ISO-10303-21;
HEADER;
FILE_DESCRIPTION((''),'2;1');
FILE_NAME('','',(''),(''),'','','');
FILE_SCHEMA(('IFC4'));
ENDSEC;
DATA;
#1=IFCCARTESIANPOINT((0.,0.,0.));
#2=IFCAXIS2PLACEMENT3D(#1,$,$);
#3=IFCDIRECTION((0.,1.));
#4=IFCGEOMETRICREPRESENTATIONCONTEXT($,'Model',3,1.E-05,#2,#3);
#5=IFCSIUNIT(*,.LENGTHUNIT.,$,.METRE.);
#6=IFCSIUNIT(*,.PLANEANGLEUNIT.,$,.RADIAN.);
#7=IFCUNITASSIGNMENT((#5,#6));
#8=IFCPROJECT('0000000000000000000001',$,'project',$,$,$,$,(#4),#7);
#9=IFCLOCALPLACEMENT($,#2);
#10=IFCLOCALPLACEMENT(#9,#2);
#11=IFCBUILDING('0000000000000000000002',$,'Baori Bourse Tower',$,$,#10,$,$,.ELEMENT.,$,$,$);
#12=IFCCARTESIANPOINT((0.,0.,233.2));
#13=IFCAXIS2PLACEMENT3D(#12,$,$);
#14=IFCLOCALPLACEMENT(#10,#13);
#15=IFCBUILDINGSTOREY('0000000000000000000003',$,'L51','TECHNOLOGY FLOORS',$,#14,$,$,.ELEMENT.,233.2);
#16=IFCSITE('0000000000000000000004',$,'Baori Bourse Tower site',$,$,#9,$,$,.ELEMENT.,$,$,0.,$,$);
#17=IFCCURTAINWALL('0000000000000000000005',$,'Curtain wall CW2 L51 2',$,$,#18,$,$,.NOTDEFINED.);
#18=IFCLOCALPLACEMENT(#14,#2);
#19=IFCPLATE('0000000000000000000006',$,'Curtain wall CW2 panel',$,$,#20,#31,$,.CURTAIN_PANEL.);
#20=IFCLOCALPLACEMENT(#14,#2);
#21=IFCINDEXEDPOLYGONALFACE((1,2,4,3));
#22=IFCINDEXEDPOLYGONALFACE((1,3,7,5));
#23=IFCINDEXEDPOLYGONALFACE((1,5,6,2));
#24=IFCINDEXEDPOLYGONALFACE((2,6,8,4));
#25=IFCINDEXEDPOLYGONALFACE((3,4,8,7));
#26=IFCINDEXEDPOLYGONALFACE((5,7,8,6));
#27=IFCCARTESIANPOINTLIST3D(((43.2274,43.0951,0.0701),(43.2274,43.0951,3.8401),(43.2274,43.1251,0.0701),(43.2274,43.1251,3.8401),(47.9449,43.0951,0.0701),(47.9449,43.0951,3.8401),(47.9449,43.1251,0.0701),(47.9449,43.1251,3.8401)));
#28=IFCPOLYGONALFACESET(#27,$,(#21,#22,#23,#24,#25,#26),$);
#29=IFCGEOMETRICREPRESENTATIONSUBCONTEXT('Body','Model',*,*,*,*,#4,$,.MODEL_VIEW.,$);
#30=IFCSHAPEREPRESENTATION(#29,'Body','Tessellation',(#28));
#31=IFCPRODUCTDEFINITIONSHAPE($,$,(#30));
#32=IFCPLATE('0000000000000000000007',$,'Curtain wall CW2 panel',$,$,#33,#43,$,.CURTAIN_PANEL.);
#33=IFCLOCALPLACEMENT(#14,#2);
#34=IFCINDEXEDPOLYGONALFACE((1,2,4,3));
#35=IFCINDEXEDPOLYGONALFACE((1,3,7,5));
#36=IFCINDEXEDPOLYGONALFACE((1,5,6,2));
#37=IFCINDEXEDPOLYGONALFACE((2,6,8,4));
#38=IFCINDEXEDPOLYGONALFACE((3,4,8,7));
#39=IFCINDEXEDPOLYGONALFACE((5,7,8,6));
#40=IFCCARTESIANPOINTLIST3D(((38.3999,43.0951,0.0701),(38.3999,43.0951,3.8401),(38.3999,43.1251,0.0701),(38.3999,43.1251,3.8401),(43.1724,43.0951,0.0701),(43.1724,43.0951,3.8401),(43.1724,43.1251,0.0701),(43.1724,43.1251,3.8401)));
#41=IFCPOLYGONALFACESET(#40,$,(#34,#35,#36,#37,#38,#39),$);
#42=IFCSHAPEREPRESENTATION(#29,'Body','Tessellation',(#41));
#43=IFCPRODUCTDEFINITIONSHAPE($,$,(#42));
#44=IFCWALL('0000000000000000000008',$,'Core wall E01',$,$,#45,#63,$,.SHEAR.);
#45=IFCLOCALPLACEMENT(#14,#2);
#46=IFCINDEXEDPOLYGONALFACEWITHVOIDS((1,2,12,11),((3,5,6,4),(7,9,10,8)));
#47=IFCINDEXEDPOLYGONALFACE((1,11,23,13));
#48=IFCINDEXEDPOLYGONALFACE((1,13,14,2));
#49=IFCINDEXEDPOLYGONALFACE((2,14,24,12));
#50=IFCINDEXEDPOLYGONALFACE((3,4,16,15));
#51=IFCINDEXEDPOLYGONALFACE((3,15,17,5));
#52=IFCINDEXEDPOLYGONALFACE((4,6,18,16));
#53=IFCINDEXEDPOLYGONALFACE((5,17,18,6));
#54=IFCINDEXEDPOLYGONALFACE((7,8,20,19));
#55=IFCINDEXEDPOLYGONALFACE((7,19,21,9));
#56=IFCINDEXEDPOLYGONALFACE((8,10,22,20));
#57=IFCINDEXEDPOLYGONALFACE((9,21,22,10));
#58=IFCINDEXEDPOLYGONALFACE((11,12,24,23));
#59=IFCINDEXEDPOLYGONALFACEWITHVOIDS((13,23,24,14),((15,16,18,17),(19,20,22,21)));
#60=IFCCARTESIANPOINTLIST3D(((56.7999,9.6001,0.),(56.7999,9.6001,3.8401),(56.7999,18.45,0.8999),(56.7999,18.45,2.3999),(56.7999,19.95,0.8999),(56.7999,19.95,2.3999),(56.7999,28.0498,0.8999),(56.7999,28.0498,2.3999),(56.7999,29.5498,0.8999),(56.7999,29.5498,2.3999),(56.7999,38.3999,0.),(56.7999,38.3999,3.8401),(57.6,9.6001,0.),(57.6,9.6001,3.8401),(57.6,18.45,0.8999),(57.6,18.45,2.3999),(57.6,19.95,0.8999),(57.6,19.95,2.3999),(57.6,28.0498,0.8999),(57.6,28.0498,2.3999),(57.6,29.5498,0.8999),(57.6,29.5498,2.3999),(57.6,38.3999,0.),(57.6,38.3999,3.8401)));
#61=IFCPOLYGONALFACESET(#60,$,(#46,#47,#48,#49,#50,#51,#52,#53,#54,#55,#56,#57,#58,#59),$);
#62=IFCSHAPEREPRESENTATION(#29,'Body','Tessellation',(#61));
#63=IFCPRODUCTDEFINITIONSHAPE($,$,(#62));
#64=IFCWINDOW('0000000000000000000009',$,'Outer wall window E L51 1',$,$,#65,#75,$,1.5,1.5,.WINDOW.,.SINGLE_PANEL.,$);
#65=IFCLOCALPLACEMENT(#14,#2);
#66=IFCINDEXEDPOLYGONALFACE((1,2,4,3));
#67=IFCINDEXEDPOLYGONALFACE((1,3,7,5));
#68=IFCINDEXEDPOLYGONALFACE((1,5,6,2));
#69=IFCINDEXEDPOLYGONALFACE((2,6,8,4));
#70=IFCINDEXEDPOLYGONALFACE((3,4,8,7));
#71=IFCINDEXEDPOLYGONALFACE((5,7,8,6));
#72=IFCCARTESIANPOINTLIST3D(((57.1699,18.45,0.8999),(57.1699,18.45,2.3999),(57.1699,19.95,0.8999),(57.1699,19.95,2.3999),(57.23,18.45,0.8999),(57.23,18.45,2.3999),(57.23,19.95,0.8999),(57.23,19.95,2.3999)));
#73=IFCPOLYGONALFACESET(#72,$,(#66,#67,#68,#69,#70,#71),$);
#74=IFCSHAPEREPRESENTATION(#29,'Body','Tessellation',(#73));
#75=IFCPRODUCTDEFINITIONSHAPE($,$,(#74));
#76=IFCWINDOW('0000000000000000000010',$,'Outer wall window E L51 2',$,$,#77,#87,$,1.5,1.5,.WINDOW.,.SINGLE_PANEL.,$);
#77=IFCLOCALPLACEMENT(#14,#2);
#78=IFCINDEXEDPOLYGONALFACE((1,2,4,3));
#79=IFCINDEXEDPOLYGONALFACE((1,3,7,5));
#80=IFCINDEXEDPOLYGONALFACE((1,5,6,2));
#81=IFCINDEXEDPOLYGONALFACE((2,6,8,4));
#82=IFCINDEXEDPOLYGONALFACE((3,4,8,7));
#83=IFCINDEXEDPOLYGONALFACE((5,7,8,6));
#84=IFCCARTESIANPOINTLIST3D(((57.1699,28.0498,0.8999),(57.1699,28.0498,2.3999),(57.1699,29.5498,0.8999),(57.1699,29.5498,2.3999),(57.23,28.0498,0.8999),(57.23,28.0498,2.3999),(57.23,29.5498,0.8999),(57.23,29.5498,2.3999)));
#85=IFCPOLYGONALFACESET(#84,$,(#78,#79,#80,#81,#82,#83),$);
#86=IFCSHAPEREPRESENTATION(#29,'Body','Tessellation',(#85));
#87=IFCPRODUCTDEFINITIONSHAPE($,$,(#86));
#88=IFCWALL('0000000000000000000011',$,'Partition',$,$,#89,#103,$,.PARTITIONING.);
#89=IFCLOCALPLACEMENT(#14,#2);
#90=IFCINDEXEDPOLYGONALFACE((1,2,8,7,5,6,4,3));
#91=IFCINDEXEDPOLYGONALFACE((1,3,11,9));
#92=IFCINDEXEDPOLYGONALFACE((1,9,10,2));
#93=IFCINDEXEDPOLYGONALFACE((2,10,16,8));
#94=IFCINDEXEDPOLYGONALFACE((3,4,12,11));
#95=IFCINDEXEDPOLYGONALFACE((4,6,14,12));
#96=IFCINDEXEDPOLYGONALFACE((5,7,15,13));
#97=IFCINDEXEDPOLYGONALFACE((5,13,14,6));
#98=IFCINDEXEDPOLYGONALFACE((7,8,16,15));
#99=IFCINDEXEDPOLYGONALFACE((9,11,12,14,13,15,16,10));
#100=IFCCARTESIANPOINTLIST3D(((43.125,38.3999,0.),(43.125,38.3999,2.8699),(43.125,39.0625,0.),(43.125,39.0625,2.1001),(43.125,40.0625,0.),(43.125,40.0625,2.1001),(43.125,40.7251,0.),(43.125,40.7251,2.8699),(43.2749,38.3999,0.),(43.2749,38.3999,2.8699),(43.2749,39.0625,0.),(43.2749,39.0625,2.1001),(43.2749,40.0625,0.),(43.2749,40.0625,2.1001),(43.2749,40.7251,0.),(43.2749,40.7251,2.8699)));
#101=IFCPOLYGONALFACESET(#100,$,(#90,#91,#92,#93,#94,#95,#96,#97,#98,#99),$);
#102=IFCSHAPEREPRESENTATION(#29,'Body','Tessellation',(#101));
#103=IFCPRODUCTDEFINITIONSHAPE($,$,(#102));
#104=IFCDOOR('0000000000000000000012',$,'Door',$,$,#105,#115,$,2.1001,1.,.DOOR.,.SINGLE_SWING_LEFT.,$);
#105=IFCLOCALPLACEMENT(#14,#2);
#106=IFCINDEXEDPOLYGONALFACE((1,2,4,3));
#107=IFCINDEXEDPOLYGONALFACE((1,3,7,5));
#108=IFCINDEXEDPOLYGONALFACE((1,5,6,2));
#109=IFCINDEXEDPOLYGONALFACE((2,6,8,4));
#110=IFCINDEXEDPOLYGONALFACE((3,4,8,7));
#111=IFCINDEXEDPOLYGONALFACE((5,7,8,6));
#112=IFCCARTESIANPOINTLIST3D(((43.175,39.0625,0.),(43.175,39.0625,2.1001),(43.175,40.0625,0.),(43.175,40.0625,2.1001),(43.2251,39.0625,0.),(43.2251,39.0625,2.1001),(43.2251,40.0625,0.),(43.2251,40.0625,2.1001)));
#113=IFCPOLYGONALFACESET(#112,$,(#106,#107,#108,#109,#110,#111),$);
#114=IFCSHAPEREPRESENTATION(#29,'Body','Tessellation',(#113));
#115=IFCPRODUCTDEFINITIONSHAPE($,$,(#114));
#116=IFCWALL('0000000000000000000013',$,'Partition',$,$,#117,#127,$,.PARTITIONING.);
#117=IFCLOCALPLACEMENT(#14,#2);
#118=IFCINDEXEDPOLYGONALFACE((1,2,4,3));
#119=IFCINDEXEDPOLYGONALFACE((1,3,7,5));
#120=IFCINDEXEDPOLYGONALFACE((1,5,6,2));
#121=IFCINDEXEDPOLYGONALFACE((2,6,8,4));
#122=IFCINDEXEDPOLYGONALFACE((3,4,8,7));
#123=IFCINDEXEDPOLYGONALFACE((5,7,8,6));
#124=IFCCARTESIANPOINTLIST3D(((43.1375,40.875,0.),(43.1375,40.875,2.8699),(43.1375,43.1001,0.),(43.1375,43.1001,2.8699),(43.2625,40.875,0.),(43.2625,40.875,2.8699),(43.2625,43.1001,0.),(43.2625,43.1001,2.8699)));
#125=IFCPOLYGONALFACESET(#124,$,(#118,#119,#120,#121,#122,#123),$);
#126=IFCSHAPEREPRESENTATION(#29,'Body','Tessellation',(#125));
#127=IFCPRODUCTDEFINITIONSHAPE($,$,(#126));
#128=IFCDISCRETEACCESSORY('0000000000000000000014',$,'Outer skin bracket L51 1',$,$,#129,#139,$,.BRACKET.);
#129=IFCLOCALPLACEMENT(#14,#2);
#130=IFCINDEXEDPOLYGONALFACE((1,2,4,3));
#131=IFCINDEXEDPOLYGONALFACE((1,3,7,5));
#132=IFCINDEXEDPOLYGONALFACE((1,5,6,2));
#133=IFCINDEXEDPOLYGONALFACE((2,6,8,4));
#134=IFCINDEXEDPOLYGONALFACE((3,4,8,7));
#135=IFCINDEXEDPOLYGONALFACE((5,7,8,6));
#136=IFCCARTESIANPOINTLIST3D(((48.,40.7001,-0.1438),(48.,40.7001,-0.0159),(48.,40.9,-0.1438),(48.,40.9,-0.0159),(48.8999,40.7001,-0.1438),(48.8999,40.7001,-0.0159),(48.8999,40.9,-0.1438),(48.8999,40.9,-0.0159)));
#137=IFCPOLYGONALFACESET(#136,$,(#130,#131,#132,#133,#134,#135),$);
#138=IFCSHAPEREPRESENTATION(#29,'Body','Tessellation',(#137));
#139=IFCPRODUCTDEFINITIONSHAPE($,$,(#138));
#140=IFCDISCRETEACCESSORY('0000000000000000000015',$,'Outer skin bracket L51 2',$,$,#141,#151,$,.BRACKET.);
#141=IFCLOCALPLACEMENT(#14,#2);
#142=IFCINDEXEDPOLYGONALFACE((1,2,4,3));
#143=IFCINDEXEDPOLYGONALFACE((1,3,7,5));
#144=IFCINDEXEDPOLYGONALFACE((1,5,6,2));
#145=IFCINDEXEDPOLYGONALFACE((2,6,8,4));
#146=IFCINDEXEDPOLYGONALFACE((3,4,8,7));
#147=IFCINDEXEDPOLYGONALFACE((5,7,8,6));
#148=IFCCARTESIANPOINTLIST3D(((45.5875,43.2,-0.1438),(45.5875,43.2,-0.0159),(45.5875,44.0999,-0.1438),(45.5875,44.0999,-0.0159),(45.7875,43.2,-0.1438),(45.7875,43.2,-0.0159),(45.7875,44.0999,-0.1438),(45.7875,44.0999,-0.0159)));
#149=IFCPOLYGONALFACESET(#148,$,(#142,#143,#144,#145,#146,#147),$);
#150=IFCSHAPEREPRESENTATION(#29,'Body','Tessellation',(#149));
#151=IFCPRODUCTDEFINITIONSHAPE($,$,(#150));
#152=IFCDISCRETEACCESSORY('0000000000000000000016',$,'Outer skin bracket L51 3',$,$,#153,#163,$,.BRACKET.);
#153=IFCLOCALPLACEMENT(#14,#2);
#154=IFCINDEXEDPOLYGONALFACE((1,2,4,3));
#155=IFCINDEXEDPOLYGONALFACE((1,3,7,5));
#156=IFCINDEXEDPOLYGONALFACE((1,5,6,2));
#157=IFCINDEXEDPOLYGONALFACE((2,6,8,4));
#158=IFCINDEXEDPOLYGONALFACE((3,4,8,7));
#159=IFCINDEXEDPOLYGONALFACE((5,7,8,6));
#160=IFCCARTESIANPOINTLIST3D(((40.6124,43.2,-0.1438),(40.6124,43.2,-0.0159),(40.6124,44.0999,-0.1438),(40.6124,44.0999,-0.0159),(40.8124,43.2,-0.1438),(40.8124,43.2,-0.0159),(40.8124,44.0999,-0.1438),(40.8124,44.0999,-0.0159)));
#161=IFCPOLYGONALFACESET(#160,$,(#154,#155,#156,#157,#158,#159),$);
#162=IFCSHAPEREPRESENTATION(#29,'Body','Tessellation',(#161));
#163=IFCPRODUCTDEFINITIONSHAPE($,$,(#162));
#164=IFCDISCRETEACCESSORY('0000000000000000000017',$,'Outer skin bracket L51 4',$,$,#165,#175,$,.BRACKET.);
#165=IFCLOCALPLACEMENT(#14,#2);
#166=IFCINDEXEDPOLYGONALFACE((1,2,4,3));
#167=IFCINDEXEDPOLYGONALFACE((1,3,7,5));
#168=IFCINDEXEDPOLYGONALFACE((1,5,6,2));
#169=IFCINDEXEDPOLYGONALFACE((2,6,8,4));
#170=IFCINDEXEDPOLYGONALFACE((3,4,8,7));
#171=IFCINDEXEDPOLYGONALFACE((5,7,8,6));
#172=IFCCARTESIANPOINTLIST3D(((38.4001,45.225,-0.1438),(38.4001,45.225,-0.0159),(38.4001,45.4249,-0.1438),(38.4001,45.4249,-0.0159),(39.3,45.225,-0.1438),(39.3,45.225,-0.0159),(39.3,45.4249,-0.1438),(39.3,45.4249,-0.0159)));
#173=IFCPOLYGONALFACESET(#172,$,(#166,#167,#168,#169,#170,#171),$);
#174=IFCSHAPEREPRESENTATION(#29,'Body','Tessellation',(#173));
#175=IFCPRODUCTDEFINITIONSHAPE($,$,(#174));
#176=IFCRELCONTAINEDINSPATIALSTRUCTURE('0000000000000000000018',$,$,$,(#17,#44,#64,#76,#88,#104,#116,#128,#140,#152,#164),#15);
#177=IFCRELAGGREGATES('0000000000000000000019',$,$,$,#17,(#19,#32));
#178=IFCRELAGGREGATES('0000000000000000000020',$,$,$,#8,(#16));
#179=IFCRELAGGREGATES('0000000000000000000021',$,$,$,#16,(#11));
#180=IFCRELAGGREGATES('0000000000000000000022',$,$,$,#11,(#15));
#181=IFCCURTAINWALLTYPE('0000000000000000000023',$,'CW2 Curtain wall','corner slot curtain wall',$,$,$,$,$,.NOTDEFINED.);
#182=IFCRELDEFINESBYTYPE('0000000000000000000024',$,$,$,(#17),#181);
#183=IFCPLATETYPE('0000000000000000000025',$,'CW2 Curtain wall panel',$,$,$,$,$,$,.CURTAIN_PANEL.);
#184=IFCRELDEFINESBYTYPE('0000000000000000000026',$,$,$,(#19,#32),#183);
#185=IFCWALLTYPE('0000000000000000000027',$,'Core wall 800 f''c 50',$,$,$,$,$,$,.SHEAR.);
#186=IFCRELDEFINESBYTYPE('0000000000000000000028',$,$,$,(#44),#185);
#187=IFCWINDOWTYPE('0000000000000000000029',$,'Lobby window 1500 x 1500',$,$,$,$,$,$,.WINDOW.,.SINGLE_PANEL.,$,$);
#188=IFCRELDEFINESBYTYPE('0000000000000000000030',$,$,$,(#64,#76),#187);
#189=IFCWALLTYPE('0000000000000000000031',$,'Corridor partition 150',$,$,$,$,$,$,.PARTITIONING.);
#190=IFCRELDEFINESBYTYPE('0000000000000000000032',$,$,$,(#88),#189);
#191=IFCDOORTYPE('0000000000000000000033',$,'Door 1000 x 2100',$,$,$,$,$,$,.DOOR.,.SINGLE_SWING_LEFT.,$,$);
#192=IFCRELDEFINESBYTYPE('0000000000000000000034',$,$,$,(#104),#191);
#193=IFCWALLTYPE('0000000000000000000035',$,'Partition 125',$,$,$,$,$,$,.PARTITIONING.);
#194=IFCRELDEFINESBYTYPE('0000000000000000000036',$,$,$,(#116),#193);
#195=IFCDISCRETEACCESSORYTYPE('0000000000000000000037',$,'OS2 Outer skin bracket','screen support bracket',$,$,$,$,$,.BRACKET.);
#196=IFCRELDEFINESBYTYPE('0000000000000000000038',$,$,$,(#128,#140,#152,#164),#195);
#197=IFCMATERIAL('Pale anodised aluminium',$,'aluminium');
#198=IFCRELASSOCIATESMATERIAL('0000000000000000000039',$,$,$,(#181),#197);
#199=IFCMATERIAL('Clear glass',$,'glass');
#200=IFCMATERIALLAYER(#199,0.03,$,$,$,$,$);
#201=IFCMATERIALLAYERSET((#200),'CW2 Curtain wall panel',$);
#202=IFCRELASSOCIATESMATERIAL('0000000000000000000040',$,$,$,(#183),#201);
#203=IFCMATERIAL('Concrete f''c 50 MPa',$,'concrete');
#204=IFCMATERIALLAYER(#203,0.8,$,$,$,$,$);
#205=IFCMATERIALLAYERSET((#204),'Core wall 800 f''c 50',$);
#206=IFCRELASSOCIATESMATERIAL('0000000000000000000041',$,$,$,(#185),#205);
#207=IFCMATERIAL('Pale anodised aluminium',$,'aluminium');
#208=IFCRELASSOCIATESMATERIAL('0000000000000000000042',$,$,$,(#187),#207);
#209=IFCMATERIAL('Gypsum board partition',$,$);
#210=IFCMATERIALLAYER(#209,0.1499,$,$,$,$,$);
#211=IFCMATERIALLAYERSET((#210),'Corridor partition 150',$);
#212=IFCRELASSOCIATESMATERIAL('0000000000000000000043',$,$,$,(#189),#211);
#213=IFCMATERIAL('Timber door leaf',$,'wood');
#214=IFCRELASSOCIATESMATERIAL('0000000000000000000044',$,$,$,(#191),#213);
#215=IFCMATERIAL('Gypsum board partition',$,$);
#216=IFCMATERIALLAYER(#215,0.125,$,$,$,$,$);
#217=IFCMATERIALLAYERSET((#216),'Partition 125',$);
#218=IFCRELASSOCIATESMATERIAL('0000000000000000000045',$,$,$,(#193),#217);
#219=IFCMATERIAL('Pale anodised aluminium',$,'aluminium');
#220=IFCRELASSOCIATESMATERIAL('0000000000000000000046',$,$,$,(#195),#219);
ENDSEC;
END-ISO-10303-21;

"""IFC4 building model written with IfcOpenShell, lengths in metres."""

from ifc_helpers import new_model, si_unit, direction, frame, frame_2d, origin, origin_2d, place, context, subcontext, project, spatial, rectangle, extrude, material, layer, layer_set, type_object, element, fill, aggregate, save


model = new_model("IFC4")

# Units and contexts
model_context = context("Model", 3, precision=1e-05, world=origin(), true_north=direction((0.0, 1.0)))
body_context = subcontext(model_context, "Body", "Model", "MODEL_VIEW")
ifc_project = project(units=[si_unit("LENGTHUNIT", "METRE"), si_unit("PLANEANGLEUNIT", "RADIAN")], contexts=[model_context])

# Site, building, storey
site_placement = place(None, origin())
site = spatial("IfcSite", under=ifc_project, at=site_placement, Name="Baori Bourse Tower site", CompositionType="ELEMENT", RefElevation=0.0)
building_placement = place(site_placement, origin())
building = spatial("IfcBuilding", under=site, at=building_placement, Name="Baori Bourse Tower", CompositionType="ELEMENT")
storey_placement = place(building_placement, frame((0.0, 0.0, 233.2)))
storey = spatial("IfcBuildingStorey", under=building, at=storey_placement, Name="L51", Description="TECHNOLOGY FLOORS", CompositionType="ELEMENT", Elevation=233.2)

# Curtain wall
ifc_material_1 = material(Name="Pale anodised aluminium", Category="aluminium")
curtain_wall_type = type_object("IfcCurtainWallType", Name="CW2 Curtain wall", Description="corner slot curtain wall", PredefinedType="NOTDEFINED", material=ifc_material_1)
curtain_wall_1_placement = place(storey_placement, origin())
curtain_wall_1 = element("IfcCurtainWall", 1, at=curtain_wall_1_placement, inside=storey, type_object=curtain_wall_type, Name="Curtain wall CW2 L51 2", PredefinedType="NOTDEFINED")

# Plates
ifc_material_2 = material(Name="Clear glass", Category="glass")
ifc_layer_1 = layer(ifc_material_2, 0.03)
ifc_layer_set_1 = layer_set([ifc_layer_1], Name="CW2 Curtain wall panel")
plate_type = type_object("IfcPlateType", Name="CW2 Curtain wall panel", PredefinedType="CURTAIN_PANEL", material=ifc_layer_set_1)
plate_1_placement = place(storey_placement, frame((45.5862, 43.1101, 0.0701), z_axis=(0.0, 0.0, 1.0), x_axis=(-1.0, 0.0, 0.0)))
plate_1 = element("IfcPlate", 2, at=plate_1_placement, type_object=plate_type, Name="Curtain wall CW2 panel", PredefinedType="CURTAIN_PANEL", context=body_context, shape_type="SweptSolid", body=[
    extrude(rectangle(XDim=4.7175, YDim=0.03, at=origin_2d()), origin(), (0.0, 0.0, 1.0), 3.77),
])
plate_2_placement = place(storey_placement, frame((40.7861, 43.1101, 0.0701), z_axis=(0.0, 0.0, 1.0), x_axis=(-1.0, 0.0, 0.0)))
plate_2 = element("IfcPlate", 3, at=plate_2_placement, type_object=plate_type, Name="Curtain wall CW2 panel", PredefinedType="CURTAIN_PANEL", context=body_context, shape_type="SweptSolid", body=[
    extrude(rectangle(XDim=4.7725, YDim=0.03, at=origin_2d()), origin(), (0.0, 0.0, 1.0), 3.77),
])
aggregate(curtain_wall_1, [plate_1, plate_2])

# Wall, openings, windows
ifc_material_3 = material(Name="Concrete f'c 50 MPa", Category="concrete")
ifc_layer_2 = layer(ifc_material_3, 0.8)
ifc_layer_set_2 = layer_set([ifc_layer_2], Name="Core wall 800 f'c 50")
wall_type_1 = type_object("IfcWallType", Name="Core wall 800 f'c 50", PredefinedType="SHEAR", material=ifc_layer_set_2)
wall_1_placement = place(storey_placement, frame((57.2, 38.3999, 0.0), z_axis=(0.0, 0.0, 1.0), x_axis=(0.0, -1.0, 0.0)))
wall_1 = element("IfcWall", 4, at=wall_1_placement, inside=storey, type_object=wall_type_1, Name="Core wall E01", PredefinedType="SHEAR", context=body_context, shape_type="SweptSolid", body=[
    extrude(rectangle(XDim=28.7998, YDim=0.8, at=frame_2d((14.3999, 0.0))), origin(), (0.0, 0.0, 1.0), 3.8401),
])
opening_1_placement = place(wall_1_placement, frame((18.45, 0.0, 0.8999)))
opening_1 = element("IfcOpeningElement", 5, at=opening_1_placement, cuts=wall_1, PredefinedType="OPENING", context=body_context, shape_type="SweptSolid", body=[
    extrude(rectangle(XDim=1.5, YDim=1.5, at=frame_2d((0.75, 0.75))), frame((0.0, 0.4099, 0.0), z_axis=(0.0, -1.0, 0.0), x_axis=(1.0, 0.0, 0.0)), (0.0, 0.0, 1.0), 0.8201),
])
opening_2_placement = place(wall_1_placement, frame((8.8501, 0.0, 0.8999)))
opening_2 = element("IfcOpeningElement", 6, at=opening_2_placement, cuts=wall_1, PredefinedType="OPENING", context=body_context, shape_type="SweptSolid", body=[
    extrude(rectangle(XDim=1.5, YDim=1.5, at=frame_2d((0.75, 0.75))), frame((0.0, 0.4099, 0.0), z_axis=(0.0, -1.0, 0.0), x_axis=(1.0, 0.0, 0.0)), (0.0, 0.0, 1.0), 0.8201),
])
ifc_material_4 = material(Name="Pale anodised aluminium", Category="aluminium")
window_type = type_object("IfcWindowType", Name="Lobby window 1500 x 1500", PartitioningType="SINGLE_PANEL", PredefinedType="WINDOW", material=ifc_material_4)
window_1_placement = place(opening_1_placement, origin())
window_1 = element("IfcWindow", 7, at=window_1_placement, inside=storey, type_object=window_type, Name="Outer wall window E L51 1", OverallHeight=1.5, OverallWidth=1.5, PartitioningType="SINGLE_PANEL", PredefinedType="WINDOW", context=body_context, shape_type="SweptSolid", body=[
    extrude(rectangle(XDim=1.5, YDim=1.5, at=frame_2d((0.75, 0.75))), frame((0.0, 0.03, 0.0), z_axis=(0.0, -1.0, 0.0), x_axis=(1.0, 0.0, 0.0)), (0.0, 0.0, 1.0), 0.0601),
])
fill(opening_1, window_1)
window_2_placement = place(opening_2_placement, origin())
window_2 = element("IfcWindow", 8, at=window_2_placement, inside=storey, type_object=window_type, Name="Outer wall window E L51 2", OverallHeight=1.5, OverallWidth=1.5, PartitioningType="SINGLE_PANEL", PredefinedType="WINDOW", context=body_context, shape_type="SweptSolid", body=[
    extrude(rectangle(XDim=1.5, YDim=1.5, at=frame_2d((0.75, 0.75))), frame((0.0, 0.03, 0.0), z_axis=(0.0, -1.0, 0.0), x_axis=(1.0, 0.0, 0.0)), (0.0, 0.0, 1.0), 0.0601),
])
fill(opening_2, window_2)

# Wall, opening, door
ifc_material_5 = material(Name="Gypsum board partition")
ifc_layer_3 = layer(ifc_material_5, 0.1499)
ifc_layer_set_3 = layer_set([ifc_layer_3], Name="Corridor partition 150")
wall_type_2 = type_object("IfcWallType", Name="Corridor partition 150", PredefinedType="PARTITIONING", material=ifc_layer_set_3)
wall_2_placement = place(storey_placement, frame((43.2, 38.3999, 0.0), z_axis=(0.0, 0.0, 1.0), x_axis=(0.0, 1.0, 0.0)))
wall_2 = element("IfcWall", 9, at=wall_2_placement, inside=storey, type_object=wall_type_2, Name="Partition", PredefinedType="PARTITIONING", context=body_context, shape_type="SweptSolid", body=[
    extrude(rectangle(XDim=2.3252, YDim=0.1499, at=frame_2d((1.1626, 0.0))), origin(), (0.0, 0.0, 1.0), 2.8699),
])
opening_3_placement = place(wall_2_placement, frame((0.6626, 0.0, 0.0)))
opening_3 = element("IfcOpeningElement", 10, at=opening_3_placement, cuts=wall_2, PredefinedType="OPENING", context=body_context, shape_type="SweptSolid", body=[
    extrude(rectangle(XDim=1.0, YDim=2.1001, at=frame_2d((0.5, 1.05))), frame((0.0, 0.085, 0.0), z_axis=(0.0, -1.0, 0.0), x_axis=(1.0, 0.0, 0.0)), (0.0, 0.0, 1.0), 0.1699),
])
ifc_material_6 = material(Name="Timber door leaf", Category="wood")
door_type = type_object("IfcDoorType", Name="Door 1000 x 2100", OperationType="SINGLE_SWING_LEFT", PredefinedType="DOOR", material=ifc_material_6)
door_placement = place(opening_3_placement, origin())
door = element("IfcDoor", 11, at=door_placement, inside=storey, type_object=door_type, Name="Door", OperationType="SINGLE_SWING_LEFT", OverallHeight=2.1001, OverallWidth=1.0, PredefinedType="DOOR", context=body_context, shape_type="SweptSolid", body=[
    extrude(rectangle(XDim=1.0, YDim=2.1001, at=frame_2d((0.5, 1.05))), frame((0.0, 0.0249, 0.0), z_axis=(0.0, -1.0, 0.0), x_axis=(1.0, 0.0, 0.0)), (0.0, 0.0, 1.0), 0.05),
])
fill(opening_3, door)

# Wall
ifc_material_7 = material(Name="Gypsum board partition")
ifc_layer_4 = layer(ifc_material_7, 0.125)
ifc_layer_set_4 = layer_set([ifc_layer_4], Name="Partition 125")
wall_type_3 = type_object("IfcWallType", Name="Partition 125", PredefinedType="PARTITIONING", material=ifc_layer_set_4)
wall_3_placement = place(storey_placement, frame((43.2, 40.875, 0.0), z_axis=(0.0, 0.0, 1.0), x_axis=(0.0, 1.0, 0.0)))
element("IfcWall", 12, at=wall_3_placement, inside=storey, type_object=wall_type_3, Name="Partition", PredefinedType="PARTITIONING", context=body_context, shape_type="SweptSolid", body=[
    extrude(rectangle(XDim=2.2251, YDim=0.125, at=frame_2d((1.1125, 0.0))), origin(), (0.0, 0.0, 1.0), 2.8699),
])

# Discrete accessories
ifc_material_8 = material(Name="Pale anodised aluminium", Category="aluminium")
discrete_accessory_type = type_object("IfcDiscreteAccessoryType", Name="OS2 Outer skin bracket", Description="screen support bracket", PredefinedType="BRACKET", material=ifc_material_8)
for number, where, z_axis, x_axis, name in (
    (13, (48.45, 40.8, -0.1438), (0.0, 0.0, 1.0), (0.0, 1.0, 0.0), "Outer skin bracket L51 1"),
    (14, (45.6875, 43.6499, -0.1438), (0.0, 0.0, 1.0), (-1.0, 0.0, 0.0), "Outer skin bracket L51 2"),
    (15, (40.7124, 43.6499, -0.1438), (0.0, 0.0, 1.0), (-1.0, 0.0, 0.0), "Outer skin bracket L51 3"),
    (16, (38.8501, 45.325, -0.1438), (0.0, 0.0, 1.0), (0.0, 1.0, 0.0), "Outer skin bracket L51 4"),
):
    element("IfcDiscreteAccessory", number, at=place(storey_placement, frame(where, z_axis=z_axis, x_axis=x_axis)), inside=storey, type_object=discrete_accessory_type, Name=name, PredefinedType="BRACKET", context=body_context, shape_type="SweptSolid", body=[
        extrude(rectangle(XDim=0.2, YDim=0.8999, at=origin_2d()), origin(), (0.0, 0.0, 1.0), 0.1279),
    ])

save(model, "model.ifc")
